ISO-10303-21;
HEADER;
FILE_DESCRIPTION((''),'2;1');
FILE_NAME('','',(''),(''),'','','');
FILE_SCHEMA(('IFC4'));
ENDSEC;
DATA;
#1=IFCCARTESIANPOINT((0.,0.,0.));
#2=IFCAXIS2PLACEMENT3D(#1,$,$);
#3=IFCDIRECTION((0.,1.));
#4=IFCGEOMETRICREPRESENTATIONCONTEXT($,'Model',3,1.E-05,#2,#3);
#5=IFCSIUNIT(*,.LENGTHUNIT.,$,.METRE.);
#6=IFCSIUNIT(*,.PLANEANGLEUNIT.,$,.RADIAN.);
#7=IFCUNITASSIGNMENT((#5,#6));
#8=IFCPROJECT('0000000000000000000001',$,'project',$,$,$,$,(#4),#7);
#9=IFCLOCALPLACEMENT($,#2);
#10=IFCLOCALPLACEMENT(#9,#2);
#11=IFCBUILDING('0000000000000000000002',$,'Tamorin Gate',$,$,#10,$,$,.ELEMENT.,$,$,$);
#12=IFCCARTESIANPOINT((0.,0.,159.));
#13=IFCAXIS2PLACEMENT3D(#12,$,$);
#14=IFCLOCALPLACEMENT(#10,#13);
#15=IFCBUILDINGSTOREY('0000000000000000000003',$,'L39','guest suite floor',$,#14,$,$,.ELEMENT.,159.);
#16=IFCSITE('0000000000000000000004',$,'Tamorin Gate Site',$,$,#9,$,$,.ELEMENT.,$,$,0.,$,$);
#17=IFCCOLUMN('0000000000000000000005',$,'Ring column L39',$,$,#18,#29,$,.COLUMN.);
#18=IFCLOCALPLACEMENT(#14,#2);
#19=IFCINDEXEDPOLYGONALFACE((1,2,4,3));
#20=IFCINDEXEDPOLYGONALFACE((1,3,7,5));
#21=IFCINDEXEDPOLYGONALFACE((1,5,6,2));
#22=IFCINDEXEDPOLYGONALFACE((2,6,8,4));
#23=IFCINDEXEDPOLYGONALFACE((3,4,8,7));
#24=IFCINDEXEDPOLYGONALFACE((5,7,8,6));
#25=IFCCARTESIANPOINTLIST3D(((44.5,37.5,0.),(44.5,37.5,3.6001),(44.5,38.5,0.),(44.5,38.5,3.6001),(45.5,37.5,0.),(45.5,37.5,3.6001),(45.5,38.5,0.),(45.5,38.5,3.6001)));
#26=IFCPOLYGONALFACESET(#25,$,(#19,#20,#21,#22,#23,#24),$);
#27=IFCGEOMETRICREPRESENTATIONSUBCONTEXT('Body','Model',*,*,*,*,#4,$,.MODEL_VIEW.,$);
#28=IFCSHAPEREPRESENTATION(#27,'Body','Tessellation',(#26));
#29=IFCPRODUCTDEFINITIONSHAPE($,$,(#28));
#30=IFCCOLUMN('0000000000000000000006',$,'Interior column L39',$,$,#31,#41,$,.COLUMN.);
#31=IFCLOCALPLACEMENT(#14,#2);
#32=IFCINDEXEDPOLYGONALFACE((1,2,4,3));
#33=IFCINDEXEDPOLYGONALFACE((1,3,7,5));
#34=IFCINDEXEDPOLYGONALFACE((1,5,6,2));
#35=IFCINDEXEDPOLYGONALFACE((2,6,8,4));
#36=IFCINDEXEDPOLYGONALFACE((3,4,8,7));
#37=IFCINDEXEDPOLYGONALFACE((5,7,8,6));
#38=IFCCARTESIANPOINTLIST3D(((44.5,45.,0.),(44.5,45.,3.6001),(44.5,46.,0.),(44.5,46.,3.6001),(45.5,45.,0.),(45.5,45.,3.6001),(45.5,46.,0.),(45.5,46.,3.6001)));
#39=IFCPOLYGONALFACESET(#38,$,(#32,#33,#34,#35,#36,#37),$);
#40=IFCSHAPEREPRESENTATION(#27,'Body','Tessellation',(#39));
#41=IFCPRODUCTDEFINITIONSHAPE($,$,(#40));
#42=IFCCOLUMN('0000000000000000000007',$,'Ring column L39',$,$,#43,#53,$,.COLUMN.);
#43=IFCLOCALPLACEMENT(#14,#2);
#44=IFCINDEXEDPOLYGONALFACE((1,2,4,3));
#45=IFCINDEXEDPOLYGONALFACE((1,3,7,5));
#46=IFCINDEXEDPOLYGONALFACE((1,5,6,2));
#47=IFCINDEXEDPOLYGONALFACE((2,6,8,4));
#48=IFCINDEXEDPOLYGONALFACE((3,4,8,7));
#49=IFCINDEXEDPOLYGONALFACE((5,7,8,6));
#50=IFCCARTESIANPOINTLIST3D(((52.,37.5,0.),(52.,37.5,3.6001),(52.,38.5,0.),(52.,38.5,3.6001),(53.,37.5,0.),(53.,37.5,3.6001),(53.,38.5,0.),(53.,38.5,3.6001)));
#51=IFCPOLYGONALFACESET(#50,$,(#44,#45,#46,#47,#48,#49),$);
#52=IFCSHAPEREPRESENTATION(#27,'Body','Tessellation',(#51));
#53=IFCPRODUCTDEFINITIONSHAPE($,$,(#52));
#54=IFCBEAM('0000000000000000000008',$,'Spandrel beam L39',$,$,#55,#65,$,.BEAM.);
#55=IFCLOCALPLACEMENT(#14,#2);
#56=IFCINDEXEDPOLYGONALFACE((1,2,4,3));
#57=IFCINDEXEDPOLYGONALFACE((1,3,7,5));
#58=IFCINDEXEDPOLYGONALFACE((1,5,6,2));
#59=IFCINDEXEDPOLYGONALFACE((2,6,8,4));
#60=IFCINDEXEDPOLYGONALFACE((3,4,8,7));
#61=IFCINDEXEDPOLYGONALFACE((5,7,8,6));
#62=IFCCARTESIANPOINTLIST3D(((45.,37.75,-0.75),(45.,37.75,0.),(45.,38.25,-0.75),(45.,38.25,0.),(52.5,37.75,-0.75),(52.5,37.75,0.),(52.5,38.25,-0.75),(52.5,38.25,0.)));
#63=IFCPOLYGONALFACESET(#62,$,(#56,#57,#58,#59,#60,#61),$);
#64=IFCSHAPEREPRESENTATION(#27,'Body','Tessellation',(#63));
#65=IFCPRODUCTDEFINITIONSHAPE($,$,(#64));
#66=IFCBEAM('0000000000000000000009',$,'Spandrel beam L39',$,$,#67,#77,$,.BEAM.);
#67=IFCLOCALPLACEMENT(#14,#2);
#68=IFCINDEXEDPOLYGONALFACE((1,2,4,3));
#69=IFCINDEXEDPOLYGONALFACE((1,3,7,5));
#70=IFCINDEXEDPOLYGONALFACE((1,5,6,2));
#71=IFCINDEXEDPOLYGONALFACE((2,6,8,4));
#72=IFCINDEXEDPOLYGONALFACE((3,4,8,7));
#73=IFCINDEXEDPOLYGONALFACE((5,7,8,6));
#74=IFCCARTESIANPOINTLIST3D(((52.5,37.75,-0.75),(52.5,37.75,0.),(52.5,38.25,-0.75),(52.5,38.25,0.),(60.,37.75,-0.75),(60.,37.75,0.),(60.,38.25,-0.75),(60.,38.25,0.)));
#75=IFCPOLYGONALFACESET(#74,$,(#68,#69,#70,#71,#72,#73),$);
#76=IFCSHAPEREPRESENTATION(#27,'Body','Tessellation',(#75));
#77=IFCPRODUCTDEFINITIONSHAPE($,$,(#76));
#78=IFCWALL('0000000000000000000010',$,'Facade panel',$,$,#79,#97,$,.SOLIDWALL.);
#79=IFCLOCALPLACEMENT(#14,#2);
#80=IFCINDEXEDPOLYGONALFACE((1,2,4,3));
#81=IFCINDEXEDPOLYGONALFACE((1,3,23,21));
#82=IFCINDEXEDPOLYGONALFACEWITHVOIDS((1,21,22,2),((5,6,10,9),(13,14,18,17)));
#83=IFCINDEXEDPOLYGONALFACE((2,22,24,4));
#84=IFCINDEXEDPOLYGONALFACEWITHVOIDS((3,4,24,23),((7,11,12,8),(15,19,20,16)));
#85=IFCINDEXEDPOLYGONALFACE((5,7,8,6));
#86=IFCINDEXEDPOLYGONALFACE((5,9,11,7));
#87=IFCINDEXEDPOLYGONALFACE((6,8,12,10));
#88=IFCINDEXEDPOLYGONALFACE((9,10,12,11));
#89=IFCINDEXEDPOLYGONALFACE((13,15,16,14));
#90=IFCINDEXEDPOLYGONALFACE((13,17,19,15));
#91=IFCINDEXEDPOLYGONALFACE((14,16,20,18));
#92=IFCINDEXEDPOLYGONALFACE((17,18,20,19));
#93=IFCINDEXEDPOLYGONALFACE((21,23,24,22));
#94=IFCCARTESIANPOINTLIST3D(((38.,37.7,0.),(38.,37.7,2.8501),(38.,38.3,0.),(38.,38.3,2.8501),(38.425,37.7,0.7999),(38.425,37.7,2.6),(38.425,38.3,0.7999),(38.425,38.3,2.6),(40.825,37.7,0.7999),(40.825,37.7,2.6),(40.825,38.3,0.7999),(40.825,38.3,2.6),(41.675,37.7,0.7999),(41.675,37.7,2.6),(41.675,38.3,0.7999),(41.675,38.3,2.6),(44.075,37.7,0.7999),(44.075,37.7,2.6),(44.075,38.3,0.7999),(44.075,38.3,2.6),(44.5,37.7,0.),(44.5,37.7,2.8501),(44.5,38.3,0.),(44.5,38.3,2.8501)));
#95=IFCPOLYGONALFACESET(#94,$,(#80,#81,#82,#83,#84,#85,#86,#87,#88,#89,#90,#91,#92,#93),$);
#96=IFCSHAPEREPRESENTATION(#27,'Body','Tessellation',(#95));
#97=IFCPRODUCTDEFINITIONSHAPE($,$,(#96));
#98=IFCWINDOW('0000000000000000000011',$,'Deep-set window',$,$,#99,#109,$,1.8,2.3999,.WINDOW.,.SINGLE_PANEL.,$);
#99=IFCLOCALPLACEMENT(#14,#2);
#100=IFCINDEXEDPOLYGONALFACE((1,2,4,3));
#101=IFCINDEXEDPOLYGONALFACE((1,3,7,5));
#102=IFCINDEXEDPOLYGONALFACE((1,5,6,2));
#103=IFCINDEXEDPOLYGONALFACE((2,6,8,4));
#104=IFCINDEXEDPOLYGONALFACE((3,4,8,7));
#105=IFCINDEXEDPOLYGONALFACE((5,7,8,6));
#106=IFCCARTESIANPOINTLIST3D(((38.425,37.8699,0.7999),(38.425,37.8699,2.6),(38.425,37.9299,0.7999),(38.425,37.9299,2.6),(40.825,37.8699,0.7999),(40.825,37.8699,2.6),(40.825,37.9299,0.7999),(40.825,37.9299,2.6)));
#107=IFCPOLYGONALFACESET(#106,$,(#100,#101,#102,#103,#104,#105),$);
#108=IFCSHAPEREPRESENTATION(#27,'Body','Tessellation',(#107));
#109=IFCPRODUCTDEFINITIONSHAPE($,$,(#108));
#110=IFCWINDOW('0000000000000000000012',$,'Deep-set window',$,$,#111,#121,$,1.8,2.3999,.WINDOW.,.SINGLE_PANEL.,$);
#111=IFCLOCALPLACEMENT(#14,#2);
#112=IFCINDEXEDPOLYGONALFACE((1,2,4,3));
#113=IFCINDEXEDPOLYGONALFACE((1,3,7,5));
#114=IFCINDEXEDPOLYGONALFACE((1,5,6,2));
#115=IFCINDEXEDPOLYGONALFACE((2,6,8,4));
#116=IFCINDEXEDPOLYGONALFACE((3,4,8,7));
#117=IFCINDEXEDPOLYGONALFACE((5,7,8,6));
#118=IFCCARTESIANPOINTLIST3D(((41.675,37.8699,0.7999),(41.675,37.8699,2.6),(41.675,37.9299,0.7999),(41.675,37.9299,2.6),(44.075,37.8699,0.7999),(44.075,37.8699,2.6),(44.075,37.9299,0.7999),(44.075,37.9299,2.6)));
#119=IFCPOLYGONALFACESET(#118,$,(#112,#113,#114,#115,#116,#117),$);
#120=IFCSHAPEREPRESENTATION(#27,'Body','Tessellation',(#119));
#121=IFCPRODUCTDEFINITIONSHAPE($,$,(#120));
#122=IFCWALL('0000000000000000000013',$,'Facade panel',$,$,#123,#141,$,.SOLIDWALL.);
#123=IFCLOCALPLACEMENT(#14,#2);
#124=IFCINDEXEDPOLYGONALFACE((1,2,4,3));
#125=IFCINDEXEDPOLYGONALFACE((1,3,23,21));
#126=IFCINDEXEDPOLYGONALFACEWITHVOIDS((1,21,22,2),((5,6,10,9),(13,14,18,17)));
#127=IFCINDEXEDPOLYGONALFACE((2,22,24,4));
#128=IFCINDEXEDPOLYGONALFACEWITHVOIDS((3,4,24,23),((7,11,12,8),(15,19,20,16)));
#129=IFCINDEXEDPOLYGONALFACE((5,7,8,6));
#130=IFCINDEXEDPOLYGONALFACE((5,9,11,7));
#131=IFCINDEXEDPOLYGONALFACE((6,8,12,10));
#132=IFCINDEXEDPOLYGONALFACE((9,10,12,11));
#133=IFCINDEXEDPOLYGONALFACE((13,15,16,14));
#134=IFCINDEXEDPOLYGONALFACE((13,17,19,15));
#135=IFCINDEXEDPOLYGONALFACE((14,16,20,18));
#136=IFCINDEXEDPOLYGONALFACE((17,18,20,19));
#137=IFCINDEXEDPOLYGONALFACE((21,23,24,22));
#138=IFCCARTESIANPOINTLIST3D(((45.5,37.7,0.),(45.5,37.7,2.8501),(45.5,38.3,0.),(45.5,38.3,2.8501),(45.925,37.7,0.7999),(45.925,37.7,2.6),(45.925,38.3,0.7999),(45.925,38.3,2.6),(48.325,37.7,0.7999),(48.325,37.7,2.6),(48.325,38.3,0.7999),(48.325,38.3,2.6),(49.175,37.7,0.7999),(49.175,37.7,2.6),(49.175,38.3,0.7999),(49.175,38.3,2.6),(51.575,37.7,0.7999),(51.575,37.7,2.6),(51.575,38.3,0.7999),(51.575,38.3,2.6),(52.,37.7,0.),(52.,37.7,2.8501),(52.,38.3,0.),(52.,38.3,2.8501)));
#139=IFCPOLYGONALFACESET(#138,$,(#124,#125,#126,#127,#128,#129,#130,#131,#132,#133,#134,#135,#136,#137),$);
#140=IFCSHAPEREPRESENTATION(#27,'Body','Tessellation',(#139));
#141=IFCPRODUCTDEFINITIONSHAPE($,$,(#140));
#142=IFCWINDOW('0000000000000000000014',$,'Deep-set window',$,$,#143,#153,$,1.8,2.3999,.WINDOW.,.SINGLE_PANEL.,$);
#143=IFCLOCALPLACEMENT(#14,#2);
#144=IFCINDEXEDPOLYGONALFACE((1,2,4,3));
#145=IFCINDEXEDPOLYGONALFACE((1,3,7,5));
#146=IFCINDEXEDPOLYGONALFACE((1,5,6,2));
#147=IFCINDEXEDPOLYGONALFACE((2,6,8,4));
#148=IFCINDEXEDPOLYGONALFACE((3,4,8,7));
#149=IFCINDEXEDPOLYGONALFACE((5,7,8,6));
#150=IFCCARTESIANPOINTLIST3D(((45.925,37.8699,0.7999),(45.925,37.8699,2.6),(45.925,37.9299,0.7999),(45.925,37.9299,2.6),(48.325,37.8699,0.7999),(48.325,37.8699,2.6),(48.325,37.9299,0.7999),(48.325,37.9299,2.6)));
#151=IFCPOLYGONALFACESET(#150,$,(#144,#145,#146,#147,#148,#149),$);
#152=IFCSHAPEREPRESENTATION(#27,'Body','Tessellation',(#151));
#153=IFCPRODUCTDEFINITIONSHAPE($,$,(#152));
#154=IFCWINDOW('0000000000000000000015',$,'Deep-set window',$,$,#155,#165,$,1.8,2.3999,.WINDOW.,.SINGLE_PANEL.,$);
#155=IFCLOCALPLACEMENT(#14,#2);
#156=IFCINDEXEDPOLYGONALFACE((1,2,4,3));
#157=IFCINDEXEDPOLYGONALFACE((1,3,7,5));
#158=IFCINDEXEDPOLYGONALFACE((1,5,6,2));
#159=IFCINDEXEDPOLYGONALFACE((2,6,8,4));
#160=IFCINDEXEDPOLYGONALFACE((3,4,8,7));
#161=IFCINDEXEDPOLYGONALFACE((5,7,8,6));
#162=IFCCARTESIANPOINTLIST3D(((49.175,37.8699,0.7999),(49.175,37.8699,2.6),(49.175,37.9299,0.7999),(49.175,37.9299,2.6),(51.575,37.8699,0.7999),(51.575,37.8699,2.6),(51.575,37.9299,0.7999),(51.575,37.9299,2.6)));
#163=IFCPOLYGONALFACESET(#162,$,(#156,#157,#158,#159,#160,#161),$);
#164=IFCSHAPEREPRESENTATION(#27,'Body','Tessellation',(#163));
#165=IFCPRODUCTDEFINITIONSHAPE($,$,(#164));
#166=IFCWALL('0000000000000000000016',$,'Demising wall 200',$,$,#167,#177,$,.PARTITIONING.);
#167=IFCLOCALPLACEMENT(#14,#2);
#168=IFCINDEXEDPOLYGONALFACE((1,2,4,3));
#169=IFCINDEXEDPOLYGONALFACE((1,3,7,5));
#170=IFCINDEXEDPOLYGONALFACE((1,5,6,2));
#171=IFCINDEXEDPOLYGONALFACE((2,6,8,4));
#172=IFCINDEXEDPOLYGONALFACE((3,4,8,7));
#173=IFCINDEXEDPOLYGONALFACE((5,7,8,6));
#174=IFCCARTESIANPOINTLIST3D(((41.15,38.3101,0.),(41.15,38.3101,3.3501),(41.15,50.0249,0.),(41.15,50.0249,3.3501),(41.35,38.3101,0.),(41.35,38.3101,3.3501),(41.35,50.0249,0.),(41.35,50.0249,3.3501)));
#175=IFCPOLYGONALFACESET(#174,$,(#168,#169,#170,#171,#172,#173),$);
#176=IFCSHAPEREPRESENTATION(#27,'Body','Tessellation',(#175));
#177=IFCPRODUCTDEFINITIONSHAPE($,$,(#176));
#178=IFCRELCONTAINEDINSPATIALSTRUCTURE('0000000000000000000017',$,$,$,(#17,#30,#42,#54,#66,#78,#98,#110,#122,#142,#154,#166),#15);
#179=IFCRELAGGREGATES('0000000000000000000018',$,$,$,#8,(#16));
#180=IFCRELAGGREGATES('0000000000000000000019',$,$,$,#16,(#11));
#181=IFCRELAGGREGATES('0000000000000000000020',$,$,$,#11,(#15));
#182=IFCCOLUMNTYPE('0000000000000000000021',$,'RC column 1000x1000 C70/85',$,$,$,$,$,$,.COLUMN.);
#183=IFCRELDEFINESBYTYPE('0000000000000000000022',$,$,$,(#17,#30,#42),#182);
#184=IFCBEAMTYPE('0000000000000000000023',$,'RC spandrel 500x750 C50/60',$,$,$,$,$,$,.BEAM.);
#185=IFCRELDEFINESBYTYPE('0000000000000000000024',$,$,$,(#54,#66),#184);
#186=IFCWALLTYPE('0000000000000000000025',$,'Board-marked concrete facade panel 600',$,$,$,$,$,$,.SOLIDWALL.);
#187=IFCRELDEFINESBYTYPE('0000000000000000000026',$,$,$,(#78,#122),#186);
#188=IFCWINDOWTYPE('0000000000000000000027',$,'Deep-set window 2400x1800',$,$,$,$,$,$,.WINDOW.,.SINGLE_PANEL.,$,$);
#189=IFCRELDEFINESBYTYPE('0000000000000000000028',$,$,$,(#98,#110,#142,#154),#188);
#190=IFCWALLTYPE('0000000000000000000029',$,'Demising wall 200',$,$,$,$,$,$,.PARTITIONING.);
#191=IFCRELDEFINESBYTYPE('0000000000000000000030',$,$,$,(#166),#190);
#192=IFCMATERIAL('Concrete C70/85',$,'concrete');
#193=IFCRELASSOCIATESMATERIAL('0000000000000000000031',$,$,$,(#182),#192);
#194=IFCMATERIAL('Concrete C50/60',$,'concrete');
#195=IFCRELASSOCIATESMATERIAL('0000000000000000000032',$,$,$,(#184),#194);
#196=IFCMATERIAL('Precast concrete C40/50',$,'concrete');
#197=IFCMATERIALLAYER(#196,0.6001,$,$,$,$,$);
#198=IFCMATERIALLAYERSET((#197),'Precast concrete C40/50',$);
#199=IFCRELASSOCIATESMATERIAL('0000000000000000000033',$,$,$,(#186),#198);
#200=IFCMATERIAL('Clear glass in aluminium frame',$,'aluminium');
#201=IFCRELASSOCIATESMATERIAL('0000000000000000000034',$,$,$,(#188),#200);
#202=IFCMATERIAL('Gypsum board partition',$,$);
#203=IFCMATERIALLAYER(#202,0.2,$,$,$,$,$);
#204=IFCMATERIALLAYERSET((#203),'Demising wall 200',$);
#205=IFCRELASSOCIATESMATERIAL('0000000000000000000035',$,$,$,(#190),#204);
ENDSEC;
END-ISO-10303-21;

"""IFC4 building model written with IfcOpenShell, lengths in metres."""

from ifc_helpers import new_model, si_unit, direction, frame, frame_2d, origin, origin_2d, place, context, subcontext, project, spatial, rectangle, extrude, material, layer, layer_set, material_profile, profile_set, type_object, element, fill, save


model = new_model("IFC4")

# Units and contexts
model_context = context("Model", 3, precision=1e-05, world=origin(), true_north=direction((0.0, 1.0)))
body_context = subcontext(model_context, "Body", "Model", "MODEL_VIEW")
ifc_project = project(units=[si_unit("LENGTHUNIT", "METRE"), si_unit("PLANEANGLEUNIT", "RADIAN")], contexts=[model_context])

# Site, building, storey
site_placement = place(None, origin())
site = spatial("IfcSite", under=ifc_project, at=site_placement, Name="Tamorin Gate Site", CompositionType="ELEMENT", RefElevation=0.0)
building_placement = place(site_placement, origin())
building = spatial("IfcBuilding", under=site, at=building_placement, Name="Tamorin Gate", CompositionType="ELEMENT")
storey_placement = place(building_placement, frame((0.0, 0.0, 159.0)))
storey = spatial("IfcBuildingStorey", under=building, at=storey_placement, Name="L39", Description="guest suite floor", CompositionType="ELEMENT", Elevation=159.0)

# Columns
ifc_material_1 = material(Name="Concrete C70/85", Category="concrete")
ifc_material_profile_1 = material_profile(ifc_material_1, rectangle(XDim=1.0, YDim=1.0, at=origin_2d()), Name="RC 1000x1000")
ifc_profile_set_1 = profile_set([ifc_material_profile_1], Name="Concrete C70/85")
column_type = type_object("IfcColumnType", Name="RC column 1000x1000 C70/85", PredefinedType="COLUMN", material=ifc_profile_set_1)
for number, where, z_axis, x_axis, name in (
    (1, (45.0, 38.0, 0.0), (0.0, 0.0, 1.0), (1.0, 0.0, 0.0), "Ring column L39"),
    (2, (45.0, 45.5, 0.0), (0.0, 0.0, 1.0), (1.0, 0.0, 0.0), "Interior column L39"),
    (3, (52.5, 38.0, 0.0), (0.0, 0.0, 1.0), (1.0, 0.0, 0.0), "Ring column L39"),
):
    element("IfcColumn", number, at=place(storey_placement, frame(where, z_axis=z_axis, x_axis=x_axis)), inside=storey, type_object=column_type, Name=name, PredefinedType="COLUMN", context=body_context, shape_type="SweptSolid", body=[
        extrude(rectangle(XDim=1.0, YDim=1.0, at=origin_2d()), origin(), (0.0, 0.0, 1.0), 3.6001),
    ])

# Beams
ifc_material_2 = material(Name="Concrete C50/60", Category="concrete")
ifc_material_profile_2 = material_profile(ifc_material_2, rectangle(XDim=0.5, YDim=0.75, at=origin_2d()), Name="RC 500x750")
ifc_profile_set_2 = profile_set([ifc_material_profile_2], Name="Concrete C50/60")
beam_type = type_object("IfcBeamType", Name="RC spandrel 500x750 C50/60", PredefinedType="BEAM", material=ifc_profile_set_2)
for number, where, z_axis, x_axis, name in (
    (4, (45.0, 38.0, -0.375), (1.0, 0.0, 0.0), (0.0, 1.0, 0.0), "Spandrel beam L39"),
    (5, (52.5, 38.0, -0.375), (1.0, 0.0, 0.0), (0.0, 1.0, 0.0), "Spandrel beam L39"),
):
    element("IfcBeam", number, at=place(storey_placement, frame(where, z_axis=z_axis, x_axis=x_axis)), inside=storey, type_object=beam_type, Name=name, PredefinedType="BEAM", context=body_context, shape_type="SweptSolid", body=[
        extrude(rectangle(XDim=0.5, YDim=0.75, at=origin_2d()), origin(), (0.0, 0.0, 1.0), 7.5),
    ])

# Walls, openings, windows
ifc_material_3 = material(Name="Precast concrete C40/50", Category="concrete")
ifc_layer_1 = layer(ifc_material_3, 0.6001)
ifc_layer_set_1 = layer_set([ifc_layer_1], Name="Precast concrete C40/50")
wall_type_1 = type_object("IfcWallType", Name="Board-marked concrete facade panel 600", PredefinedType="SOLIDWALL", material=ifc_layer_set_1)
wall_1_placement = place(storey_placement, frame((38.0, 38.0, 0.0), z_axis=(0.0, 0.0, 1.0), x_axis=(1.0, 0.0, 0.0)))
wall_1 = element("IfcWall", 6, at=wall_1_placement, inside=storey, type_object=wall_type_1, Name="Facade panel", PredefinedType="SOLIDWALL", context=body_context, shape_type="SweptSolid", body=[
    extrude(rectangle(XDim=6.5, YDim=0.6001, at=frame_2d((3.25, 0.0))), origin(), (0.0, 0.0, 1.0), 2.8501),
])
opening_1_placement = place(wall_1_placement, frame((0.425, 0.0, 0.8)))
opening_1 = element("IfcOpeningElement", 7, at=opening_1_placement, cuts=wall_1, PredefinedType="OPENING", context=body_context, shape_type="SweptSolid", body=[
    extrude(rectangle(XDim=2.3999, YDim=1.8, at=frame_2d((1.2, 0.8999))), frame((0.0, 0.3101, 0.0), z_axis=(0.0, -1.0, 0.0), x_axis=(1.0, 0.0, 0.0)), (0.0, 0.0, 1.0), 0.6201),
])
opening_2_placement = place(wall_1_placement, frame((3.675, 0.0, 0.8)))
opening_2 = element("IfcOpeningElement", 8, at=opening_2_placement, cuts=wall_1, PredefinedType="OPENING", context=body_context, shape_type="SweptSolid", body=[
    extrude(rectangle(XDim=2.3999, YDim=1.8, at=frame_2d((1.2, 0.8999))), frame((0.0, 0.3101, 0.0), z_axis=(0.0, -1.0, 0.0), x_axis=(1.0, 0.0, 0.0)), (0.0, 0.0, 1.0), 0.6201),
])
ifc_material_4 = material(Name="Clear glass in aluminium frame", Category="aluminium")
window_type = type_object("IfcWindowType", Name="Deep-set window 2400x1800", PartitioningType="SINGLE_PANEL", PredefinedType="WINDOW", material=ifc_material_4)
window_1_placement = place(opening_1_placement, origin())
window_1 = element("IfcWindow", 9, at=window_1_placement, inside=storey, type_object=window_type, Name="Deep-set window", OverallHeight=1.8, OverallWidth=2.3999, PartitioningType="SINGLE_PANEL", PredefinedType="WINDOW", context=body_context, shape_type="SweptSolid", body=[
    extrude(rectangle(XDim=2.3999, YDim=1.8, at=frame_2d((1.2, 0.8999))), frame((0.0, -0.0701, 0.0), z_axis=(0.0, -1.0, 0.0), x_axis=(1.0, 0.0, 0.0)), (0.0, 0.0, 1.0), 0.0601),
])
fill(opening_1, window_1)
window_2_placement = place(opening_2_placement, origin())
window_2 = element("IfcWindow", 10, at=window_2_placement, inside=storey, type_object=window_type, Name="Deep-set window", OverallHeight=1.8, OverallWidth=2.3999, PartitioningType="SINGLE_PANEL", PredefinedType="WINDOW", context=body_context, shape_type="SweptSolid", body=[
    extrude(rectangle(XDim=2.3999, YDim=1.8, at=frame_2d((1.2, 0.8999))), frame((0.0, -0.0701, 0.0), z_axis=(0.0, -1.0, 0.0), x_axis=(1.0, 0.0, 0.0)), (0.0, 0.0, 1.0), 0.0601),
])
fill(opening_2, window_2)
wall_2_placement = place(storey_placement, frame((45.5, 38.0, 0.0), z_axis=(0.0, 0.0, 1.0), x_axis=(1.0, 0.0, 0.0)))
wall_2 = element("IfcWall", 11, at=wall_2_placement, inside=storey, type_object=wall_type_1, Name="Facade panel", PredefinedType="SOLIDWALL", context=body_context, shape_type="SweptSolid", body=[
    extrude(rectangle(XDim=6.5, YDim=0.6001, at=frame_2d((3.25, 0.0))), origin(), (0.0, 0.0, 1.0), 2.8501),
])
opening_3_placement = place(wall_2_placement, frame((0.425, 0.0, 0.8)))
opening_3 = element("IfcOpeningElement", 12, at=opening_3_placement, cuts=wall_2, PredefinedType="OPENING", context=body_context, shape_type="SweptSolid", body=[
    extrude(rectangle(XDim=2.3999, YDim=1.8, at=frame_2d((1.2, 0.8999))), frame((0.0, 0.3101, 0.0), z_axis=(0.0, -1.0, 0.0), x_axis=(1.0, 0.0, 0.0)), (0.0, 0.0, 1.0), 0.6201),
])
opening_4_placement = place(wall_2_placement, frame((3.675, 0.0, 0.8)))
opening_4 = element("IfcOpeningElement", 13, at=opening_4_placement, cuts=wall_2, PredefinedType="OPENING", context=body_context, shape_type="SweptSolid", body=[
    extrude(rectangle(XDim=2.3999, YDim=1.8, at=frame_2d((1.2, 0.8999))), frame((0.0, 0.3101, 0.0), z_axis=(0.0, -1.0, 0.0), x_axis=(1.0, 0.0, 0.0)), (0.0, 0.0, 1.0), 0.6201),
])
window_3_placement = place(opening_3_placement, origin())
window_3 = element("IfcWindow", 14, at=window_3_placement, inside=storey, type_object=window_type, Name="Deep-set window", OverallHeight=1.8, OverallWidth=2.3999, PartitioningType="SINGLE_PANEL", PredefinedType="WINDOW", context=body_context, shape_type="SweptSolid", body=[
    extrude(rectangle(XDim=2.3999, YDim=1.8, at=frame_2d((1.2, 0.8999))), frame((0.0, -0.0701, 0.0), z_axis=(0.0, -1.0, 0.0), x_axis=(1.0, 0.0, 0.0)), (0.0, 0.0, 1.0), 0.0601),
])
fill(opening_3, window_3)
window_4_placement = place(opening_4_placement, origin())
window_4 = element("IfcWindow", 15, at=window_4_placement, inside=storey, type_object=window_type, Name="Deep-set window", OverallHeight=1.8, OverallWidth=2.3999, PartitioningType="SINGLE_PANEL", PredefinedType="WINDOW", context=body_context, shape_type="SweptSolid", body=[
    extrude(rectangle(XDim=2.3999, YDim=1.8, at=frame_2d((1.2, 0.8999))), frame((0.0, -0.0701, 0.0), z_axis=(0.0, -1.0, 0.0), x_axis=(1.0, 0.0, 0.0)), (0.0, 0.0, 1.0), 0.0601),
])
fill(opening_4, window_4)

# Wall
ifc_material_5 = material(Name="Gypsum board partition")
ifc_layer_2 = layer(ifc_material_5, 0.2)
ifc_layer_set_2 = layer_set([ifc_layer_2], Name="Demising wall 200")
wall_type_2 = type_object("IfcWallType", Name="Demising wall 200", PredefinedType="PARTITIONING", material=ifc_layer_set_2)
wall_3_placement = place(storey_placement, frame((41.25, 38.3101, 0.0), z_axis=(0.0, 0.0, 1.0), x_axis=(0.0, 1.0, 0.0)))
element("IfcWall", 16, at=wall_3_placement, inside=storey, type_object=wall_type_2, Name="Demising wall 200", PredefinedType="PARTITIONING", context=body_context, shape_type="SweptSolid", body=[
    extrude(rectangle(XDim=11.7148, YDim=0.2, at=frame_2d((5.8574, 0.0))), origin(), (0.0, 0.0, 1.0), 3.3501),
])

save(model, "model.ifc")
